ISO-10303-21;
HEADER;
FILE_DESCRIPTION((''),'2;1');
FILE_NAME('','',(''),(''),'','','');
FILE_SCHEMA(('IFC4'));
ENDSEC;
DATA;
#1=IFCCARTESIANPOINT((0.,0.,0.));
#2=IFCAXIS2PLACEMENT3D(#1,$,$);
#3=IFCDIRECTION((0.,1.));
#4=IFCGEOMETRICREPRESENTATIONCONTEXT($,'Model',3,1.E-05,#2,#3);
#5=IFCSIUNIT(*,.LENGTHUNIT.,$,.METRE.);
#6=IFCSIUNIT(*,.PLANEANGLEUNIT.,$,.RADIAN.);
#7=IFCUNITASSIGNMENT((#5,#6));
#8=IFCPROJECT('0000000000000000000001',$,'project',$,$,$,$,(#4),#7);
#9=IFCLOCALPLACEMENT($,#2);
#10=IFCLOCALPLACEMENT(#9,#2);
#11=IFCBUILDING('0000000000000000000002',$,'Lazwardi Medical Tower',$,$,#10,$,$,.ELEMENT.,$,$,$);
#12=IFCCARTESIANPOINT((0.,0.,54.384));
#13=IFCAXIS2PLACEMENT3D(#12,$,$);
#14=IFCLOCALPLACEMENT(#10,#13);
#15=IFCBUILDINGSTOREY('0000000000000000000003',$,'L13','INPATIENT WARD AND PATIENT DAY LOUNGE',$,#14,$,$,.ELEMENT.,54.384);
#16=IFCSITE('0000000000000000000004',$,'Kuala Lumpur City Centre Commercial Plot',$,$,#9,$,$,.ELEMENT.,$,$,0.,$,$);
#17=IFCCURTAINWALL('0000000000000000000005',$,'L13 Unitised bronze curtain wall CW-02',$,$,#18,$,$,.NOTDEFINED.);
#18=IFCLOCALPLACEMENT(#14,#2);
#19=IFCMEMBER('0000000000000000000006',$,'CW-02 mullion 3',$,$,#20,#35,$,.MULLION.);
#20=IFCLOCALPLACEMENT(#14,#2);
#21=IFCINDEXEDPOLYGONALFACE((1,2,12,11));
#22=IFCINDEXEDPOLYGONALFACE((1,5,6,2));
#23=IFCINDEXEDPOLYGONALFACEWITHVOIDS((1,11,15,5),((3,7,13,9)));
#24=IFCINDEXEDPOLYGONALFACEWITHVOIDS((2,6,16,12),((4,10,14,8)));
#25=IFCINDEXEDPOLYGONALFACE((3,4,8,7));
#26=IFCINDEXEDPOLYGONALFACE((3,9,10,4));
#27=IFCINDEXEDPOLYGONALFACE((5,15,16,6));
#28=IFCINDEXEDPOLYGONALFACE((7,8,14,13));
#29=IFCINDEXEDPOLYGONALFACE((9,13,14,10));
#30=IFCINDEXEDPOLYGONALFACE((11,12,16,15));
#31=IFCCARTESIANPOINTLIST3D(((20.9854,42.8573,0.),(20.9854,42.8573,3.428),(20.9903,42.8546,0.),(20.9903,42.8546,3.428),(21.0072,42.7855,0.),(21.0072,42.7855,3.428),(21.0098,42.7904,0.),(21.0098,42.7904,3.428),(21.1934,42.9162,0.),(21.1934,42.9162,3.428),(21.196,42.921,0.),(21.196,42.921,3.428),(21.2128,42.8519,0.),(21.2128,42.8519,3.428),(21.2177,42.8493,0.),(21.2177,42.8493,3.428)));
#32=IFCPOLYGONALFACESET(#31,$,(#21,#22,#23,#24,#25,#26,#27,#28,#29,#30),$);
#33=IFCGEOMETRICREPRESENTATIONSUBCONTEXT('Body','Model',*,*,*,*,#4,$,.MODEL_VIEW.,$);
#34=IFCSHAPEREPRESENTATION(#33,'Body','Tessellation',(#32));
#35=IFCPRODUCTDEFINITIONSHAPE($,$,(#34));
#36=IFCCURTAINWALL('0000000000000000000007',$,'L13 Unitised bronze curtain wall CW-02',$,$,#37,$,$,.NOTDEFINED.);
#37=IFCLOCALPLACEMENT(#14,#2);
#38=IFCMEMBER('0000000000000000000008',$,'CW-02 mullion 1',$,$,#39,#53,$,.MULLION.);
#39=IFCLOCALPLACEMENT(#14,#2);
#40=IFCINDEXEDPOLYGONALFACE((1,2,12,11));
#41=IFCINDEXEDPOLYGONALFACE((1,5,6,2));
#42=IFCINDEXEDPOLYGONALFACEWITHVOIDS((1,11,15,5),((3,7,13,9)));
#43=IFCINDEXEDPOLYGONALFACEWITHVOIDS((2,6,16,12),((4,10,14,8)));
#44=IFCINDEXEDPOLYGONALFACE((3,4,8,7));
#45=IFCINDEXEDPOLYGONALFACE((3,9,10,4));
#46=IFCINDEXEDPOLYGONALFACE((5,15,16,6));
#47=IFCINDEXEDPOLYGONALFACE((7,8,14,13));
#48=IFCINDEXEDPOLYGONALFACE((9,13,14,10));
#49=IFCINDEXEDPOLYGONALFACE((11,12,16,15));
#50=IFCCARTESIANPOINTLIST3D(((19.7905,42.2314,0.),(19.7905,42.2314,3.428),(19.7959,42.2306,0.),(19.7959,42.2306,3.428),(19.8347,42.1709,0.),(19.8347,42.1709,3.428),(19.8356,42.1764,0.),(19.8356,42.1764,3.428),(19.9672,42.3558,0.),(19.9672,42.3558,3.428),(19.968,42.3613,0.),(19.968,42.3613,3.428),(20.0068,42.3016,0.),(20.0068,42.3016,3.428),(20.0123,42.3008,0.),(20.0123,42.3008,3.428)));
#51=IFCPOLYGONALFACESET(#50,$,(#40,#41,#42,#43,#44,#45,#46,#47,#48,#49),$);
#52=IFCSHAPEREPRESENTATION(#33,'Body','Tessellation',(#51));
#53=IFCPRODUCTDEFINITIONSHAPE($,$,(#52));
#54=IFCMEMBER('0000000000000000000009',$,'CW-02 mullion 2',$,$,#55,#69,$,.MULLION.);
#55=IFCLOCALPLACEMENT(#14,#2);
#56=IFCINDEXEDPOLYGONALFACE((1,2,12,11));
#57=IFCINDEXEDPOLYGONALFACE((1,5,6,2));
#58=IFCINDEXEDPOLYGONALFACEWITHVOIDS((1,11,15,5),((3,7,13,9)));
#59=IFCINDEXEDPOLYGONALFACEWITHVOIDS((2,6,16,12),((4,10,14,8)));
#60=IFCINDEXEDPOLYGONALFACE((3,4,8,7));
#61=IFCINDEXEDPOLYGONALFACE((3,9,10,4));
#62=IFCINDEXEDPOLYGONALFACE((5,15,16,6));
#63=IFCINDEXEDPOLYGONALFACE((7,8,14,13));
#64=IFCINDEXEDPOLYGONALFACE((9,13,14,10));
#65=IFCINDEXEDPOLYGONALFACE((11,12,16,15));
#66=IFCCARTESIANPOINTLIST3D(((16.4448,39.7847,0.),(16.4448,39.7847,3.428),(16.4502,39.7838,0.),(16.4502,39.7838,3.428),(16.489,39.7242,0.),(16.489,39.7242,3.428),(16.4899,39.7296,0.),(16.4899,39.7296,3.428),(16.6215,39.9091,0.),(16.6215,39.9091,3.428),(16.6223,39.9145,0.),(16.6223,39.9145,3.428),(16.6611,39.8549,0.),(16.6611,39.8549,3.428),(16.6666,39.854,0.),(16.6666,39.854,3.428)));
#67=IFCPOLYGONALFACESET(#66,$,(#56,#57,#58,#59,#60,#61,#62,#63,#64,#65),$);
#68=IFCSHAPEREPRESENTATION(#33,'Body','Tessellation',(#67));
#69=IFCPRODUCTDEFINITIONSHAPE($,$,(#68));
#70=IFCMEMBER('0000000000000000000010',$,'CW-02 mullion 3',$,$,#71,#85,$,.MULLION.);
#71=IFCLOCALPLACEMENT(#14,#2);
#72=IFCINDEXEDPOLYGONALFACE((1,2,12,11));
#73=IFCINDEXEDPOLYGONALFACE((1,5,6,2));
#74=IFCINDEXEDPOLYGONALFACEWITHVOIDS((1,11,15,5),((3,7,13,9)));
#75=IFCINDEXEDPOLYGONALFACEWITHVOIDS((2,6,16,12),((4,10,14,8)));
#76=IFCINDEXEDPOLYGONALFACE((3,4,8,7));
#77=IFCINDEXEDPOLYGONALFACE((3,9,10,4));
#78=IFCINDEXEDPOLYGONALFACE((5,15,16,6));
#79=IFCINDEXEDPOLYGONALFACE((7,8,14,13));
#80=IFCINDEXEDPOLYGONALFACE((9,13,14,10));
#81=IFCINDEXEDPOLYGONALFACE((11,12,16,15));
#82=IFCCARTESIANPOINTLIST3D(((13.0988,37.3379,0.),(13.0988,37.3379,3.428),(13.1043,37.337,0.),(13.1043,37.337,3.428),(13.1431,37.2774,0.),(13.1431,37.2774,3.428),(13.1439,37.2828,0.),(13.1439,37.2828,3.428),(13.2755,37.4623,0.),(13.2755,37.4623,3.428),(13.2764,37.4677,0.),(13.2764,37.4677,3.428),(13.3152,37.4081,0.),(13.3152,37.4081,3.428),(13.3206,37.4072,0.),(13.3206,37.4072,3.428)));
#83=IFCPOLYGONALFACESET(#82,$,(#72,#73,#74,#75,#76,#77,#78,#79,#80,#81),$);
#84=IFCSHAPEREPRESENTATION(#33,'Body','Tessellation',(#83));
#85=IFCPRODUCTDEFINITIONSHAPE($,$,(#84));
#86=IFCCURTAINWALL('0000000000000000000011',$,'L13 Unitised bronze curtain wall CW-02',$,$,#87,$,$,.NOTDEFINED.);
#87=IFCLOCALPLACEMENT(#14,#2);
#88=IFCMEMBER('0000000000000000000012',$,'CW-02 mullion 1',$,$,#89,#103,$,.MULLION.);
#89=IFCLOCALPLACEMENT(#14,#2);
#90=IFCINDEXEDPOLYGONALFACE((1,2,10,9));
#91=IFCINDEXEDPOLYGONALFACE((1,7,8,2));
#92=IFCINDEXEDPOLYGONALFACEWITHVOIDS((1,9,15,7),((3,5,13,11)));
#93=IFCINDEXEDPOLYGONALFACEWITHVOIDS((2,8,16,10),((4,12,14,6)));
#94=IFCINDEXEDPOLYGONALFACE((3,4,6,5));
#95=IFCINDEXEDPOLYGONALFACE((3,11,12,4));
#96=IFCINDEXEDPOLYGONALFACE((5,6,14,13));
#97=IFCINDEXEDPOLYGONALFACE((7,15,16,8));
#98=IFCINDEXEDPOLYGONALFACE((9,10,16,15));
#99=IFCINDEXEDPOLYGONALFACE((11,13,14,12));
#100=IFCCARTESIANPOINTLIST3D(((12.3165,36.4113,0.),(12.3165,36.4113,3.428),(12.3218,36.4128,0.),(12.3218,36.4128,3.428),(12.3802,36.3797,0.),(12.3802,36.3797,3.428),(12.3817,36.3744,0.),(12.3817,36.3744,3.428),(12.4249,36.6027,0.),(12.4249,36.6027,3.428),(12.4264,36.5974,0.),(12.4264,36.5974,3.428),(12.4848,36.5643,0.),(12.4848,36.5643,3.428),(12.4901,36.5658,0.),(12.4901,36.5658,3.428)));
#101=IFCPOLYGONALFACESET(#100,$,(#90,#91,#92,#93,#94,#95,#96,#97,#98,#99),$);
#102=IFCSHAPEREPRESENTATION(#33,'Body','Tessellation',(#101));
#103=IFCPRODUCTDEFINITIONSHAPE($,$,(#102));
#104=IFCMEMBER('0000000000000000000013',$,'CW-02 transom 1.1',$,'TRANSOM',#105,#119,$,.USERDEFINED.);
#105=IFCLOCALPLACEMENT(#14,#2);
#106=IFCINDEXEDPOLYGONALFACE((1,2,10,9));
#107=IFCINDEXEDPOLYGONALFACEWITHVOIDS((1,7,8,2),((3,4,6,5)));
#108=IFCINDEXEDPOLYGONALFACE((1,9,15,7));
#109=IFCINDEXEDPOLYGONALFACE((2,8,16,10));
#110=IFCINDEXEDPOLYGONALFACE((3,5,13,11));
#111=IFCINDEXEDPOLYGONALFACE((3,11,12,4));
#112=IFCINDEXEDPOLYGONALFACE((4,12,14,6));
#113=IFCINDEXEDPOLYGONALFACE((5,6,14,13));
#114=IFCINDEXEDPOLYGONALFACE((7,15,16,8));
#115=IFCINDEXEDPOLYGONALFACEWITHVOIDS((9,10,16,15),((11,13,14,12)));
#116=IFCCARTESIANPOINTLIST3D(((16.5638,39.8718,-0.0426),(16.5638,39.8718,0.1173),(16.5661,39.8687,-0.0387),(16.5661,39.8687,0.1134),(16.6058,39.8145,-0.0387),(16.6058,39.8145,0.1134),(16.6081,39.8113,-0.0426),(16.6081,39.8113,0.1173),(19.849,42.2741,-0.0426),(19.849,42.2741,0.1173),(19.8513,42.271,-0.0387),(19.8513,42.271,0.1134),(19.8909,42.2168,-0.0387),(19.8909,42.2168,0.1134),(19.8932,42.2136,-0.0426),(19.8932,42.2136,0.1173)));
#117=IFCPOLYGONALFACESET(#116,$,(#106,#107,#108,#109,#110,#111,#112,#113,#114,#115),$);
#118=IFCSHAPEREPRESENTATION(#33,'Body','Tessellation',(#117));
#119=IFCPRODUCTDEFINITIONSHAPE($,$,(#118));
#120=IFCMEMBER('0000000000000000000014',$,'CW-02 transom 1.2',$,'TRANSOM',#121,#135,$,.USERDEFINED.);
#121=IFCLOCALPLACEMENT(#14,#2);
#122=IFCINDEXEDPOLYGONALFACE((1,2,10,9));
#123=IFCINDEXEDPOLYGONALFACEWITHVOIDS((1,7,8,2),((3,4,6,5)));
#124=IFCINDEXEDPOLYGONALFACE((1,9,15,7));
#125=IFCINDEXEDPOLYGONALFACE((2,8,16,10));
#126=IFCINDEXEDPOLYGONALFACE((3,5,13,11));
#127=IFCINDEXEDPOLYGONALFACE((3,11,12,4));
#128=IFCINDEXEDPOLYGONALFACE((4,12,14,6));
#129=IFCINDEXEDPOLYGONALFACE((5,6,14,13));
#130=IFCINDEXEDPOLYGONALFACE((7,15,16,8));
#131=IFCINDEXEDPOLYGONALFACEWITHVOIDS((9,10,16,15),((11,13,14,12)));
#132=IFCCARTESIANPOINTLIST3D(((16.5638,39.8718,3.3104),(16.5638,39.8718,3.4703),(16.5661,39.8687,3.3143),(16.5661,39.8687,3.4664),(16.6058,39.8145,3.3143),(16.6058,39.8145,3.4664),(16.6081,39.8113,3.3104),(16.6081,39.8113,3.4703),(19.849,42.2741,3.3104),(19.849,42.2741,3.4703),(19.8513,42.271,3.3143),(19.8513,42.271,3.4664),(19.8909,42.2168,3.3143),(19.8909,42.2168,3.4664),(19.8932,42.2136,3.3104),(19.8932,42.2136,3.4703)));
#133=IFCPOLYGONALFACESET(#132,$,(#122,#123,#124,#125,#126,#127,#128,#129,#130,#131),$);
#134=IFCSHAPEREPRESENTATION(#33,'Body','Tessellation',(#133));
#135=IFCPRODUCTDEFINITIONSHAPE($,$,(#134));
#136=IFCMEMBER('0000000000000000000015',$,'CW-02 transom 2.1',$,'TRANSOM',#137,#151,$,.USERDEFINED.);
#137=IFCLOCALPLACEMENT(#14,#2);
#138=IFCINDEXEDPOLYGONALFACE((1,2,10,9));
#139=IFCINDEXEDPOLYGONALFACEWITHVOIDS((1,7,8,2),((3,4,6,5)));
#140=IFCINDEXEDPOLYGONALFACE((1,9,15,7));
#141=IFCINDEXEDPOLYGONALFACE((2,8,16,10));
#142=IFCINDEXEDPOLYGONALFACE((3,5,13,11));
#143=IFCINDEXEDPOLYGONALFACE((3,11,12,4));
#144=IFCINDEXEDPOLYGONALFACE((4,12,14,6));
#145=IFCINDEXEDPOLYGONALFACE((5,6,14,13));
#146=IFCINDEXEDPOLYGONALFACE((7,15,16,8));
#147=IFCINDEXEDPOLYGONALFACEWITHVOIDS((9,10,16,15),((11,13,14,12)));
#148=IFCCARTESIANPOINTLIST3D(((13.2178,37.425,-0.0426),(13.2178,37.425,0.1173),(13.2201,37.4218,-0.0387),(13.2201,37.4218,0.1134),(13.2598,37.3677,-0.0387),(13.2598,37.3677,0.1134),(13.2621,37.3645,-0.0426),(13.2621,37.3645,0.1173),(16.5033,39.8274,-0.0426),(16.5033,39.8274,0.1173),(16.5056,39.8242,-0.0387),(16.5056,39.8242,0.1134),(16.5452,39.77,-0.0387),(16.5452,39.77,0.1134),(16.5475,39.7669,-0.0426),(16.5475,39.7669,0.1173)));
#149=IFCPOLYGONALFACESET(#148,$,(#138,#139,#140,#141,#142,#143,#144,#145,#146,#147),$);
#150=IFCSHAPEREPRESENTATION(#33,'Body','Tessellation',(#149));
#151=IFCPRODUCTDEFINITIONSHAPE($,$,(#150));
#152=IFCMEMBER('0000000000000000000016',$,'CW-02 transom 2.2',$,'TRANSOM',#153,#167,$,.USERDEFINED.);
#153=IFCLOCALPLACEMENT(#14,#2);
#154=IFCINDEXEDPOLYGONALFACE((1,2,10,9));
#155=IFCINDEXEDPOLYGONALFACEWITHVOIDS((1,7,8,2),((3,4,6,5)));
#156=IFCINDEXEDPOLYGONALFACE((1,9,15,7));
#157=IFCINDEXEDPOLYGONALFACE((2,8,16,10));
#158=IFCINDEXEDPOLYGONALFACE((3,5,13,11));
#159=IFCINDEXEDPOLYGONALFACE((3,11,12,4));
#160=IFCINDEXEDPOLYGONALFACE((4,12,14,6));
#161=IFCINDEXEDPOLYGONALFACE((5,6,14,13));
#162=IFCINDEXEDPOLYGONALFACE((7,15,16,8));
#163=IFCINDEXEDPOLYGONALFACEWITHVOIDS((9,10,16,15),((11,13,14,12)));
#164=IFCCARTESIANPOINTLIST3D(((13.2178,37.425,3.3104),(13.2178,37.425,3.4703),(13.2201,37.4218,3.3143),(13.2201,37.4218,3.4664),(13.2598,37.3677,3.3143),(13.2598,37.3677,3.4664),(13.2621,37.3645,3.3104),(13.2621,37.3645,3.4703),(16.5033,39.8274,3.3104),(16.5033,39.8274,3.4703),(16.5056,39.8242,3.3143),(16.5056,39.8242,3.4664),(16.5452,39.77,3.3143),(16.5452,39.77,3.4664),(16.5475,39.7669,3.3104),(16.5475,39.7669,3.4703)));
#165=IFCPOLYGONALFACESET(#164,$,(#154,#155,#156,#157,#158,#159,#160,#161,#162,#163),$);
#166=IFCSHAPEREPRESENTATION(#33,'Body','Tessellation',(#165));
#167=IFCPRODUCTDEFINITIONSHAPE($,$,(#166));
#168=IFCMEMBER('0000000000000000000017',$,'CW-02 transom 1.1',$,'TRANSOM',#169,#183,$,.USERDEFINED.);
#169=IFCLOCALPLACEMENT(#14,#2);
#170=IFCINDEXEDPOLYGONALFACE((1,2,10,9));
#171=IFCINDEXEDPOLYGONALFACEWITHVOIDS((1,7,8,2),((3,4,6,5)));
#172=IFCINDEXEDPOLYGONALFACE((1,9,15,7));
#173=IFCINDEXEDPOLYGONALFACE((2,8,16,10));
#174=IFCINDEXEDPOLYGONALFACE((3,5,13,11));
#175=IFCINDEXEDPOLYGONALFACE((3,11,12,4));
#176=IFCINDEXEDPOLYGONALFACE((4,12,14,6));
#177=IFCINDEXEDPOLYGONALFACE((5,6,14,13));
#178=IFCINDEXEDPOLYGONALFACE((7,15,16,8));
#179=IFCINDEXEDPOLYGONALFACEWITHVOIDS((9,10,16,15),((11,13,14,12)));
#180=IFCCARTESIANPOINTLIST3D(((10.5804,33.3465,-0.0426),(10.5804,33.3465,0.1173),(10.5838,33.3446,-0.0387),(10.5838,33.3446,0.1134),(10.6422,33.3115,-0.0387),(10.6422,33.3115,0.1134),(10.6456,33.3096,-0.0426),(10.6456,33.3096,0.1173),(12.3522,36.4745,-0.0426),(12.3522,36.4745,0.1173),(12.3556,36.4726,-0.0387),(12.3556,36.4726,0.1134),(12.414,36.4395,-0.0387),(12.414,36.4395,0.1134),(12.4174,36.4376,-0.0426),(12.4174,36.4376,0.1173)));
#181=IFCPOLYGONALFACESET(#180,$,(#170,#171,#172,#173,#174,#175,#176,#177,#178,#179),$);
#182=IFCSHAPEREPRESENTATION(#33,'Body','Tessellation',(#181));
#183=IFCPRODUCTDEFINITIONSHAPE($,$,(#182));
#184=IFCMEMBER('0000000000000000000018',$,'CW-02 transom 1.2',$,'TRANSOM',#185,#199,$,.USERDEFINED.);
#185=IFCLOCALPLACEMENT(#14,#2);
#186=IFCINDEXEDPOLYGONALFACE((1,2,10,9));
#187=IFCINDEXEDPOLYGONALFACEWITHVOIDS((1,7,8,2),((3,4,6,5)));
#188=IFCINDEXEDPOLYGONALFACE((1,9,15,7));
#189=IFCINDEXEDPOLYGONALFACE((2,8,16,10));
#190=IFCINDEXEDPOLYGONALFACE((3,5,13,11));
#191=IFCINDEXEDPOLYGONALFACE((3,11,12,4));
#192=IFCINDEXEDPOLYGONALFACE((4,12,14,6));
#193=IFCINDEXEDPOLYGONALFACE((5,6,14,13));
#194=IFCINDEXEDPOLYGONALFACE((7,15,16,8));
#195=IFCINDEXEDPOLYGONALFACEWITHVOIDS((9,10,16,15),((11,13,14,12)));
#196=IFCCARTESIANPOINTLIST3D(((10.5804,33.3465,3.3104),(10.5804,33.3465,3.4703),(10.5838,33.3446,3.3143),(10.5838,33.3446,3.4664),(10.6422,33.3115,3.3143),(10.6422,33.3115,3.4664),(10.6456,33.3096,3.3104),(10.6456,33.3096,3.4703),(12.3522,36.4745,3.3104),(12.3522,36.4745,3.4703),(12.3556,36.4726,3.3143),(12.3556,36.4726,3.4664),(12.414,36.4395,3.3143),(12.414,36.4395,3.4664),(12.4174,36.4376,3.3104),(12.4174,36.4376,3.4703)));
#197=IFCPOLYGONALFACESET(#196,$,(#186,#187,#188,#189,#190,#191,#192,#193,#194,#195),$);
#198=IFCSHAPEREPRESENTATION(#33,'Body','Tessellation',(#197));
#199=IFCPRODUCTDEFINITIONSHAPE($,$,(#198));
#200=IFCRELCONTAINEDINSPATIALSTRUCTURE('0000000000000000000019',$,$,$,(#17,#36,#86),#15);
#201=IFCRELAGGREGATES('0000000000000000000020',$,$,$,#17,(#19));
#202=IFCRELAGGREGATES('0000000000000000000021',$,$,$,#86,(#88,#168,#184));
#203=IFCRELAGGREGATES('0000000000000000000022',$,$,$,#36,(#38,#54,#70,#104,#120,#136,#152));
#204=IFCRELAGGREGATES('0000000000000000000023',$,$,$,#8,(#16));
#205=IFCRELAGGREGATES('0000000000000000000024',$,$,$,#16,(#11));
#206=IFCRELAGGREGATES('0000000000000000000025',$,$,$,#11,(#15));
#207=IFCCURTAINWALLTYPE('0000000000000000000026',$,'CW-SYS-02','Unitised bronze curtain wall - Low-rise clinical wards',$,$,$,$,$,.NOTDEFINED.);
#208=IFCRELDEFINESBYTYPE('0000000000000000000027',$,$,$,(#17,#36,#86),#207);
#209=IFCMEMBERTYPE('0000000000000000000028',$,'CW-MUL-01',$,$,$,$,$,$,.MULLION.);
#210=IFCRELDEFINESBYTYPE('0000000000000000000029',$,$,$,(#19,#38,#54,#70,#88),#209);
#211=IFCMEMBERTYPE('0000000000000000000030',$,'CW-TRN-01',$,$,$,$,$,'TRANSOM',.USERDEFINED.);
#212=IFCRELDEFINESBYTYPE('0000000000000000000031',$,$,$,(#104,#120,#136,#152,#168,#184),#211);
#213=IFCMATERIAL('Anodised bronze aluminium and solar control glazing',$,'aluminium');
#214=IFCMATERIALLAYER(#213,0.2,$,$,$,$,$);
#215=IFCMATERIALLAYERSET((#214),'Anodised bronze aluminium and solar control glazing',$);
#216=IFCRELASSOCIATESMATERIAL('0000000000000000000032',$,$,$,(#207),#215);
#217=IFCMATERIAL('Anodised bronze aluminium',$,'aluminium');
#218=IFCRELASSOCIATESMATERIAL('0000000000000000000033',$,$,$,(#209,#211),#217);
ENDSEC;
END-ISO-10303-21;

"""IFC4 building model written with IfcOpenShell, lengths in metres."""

from ifc_helpers import new_model, si_unit, direction, frame, origin, origin_2d, place, context, subcontext, project, spatial, hollow_rectangle, extrude, material, layer, layer_set, material_profile, profile_set, type_object, element, aggregate, save


model = new_model("IFC4")

# Units and contexts
model_context = context("Model", 3, precision=1e-05, world=origin(), true_north=direction((0.0, 1.0)))
body_context = subcontext(model_context, "Body", "Model", "MODEL_VIEW")
ifc_project = project(units=[si_unit("LENGTHUNIT", "METRE"), si_unit("PLANEANGLEUNIT", "RADIAN")], contexts=[model_context])

# Site, building, storey
site_placement = place(None, origin())
site = spatial("IfcSite", under=ifc_project, at=site_placement, Name="Kuala Lumpur City Centre Commercial Plot", CompositionType="ELEMENT", RefElevation=0.0)
building_placement = place(site_placement, origin())
building = spatial("IfcBuilding", under=site, at=building_placement, Name="Lazwardi Medical Tower", CompositionType="ELEMENT")
storey_placement = place(building_placement, frame((0.0, 0.0, 54.384)))
storey = spatial("IfcBuildingStorey", under=building, at=storey_placement, Name="L13", Description="INPATIENT WARD AND PATIENT DAY LOUNGE", CompositionType="ELEMENT", Elevation=54.384)

# Curtain wall, member
ifc_material_1 = material(Name="Anodised bronze aluminium and solar control glazing", Category="aluminium")
ifc_layer_1 = layer(ifc_material_1, 0.2)
ifc_layer_set_1 = layer_set([ifc_layer_1], Name="Anodised bronze aluminium and solar control glazing")
curtain_wall_type = type_object("IfcCurtainWallType", Name="CW-SYS-02", Description="Unitised bronze curtain wall - Low-rise clinical wards", PredefinedType="NOTDEFINED", material=ifc_layer_set_1)
curtain_wall_1_placement = place(storey_placement, origin())
curtain_wall_1 = element("IfcCurtainWall", 1, at=curtain_wall_1_placement, inside=storey, type_object=curtain_wall_type, Name="L13 Unitised bronze curtain wall CW-02", PredefinedType="NOTDEFINED")
ifc_material_2 = material(Name="Anodised bronze aluminium", Category="aluminium")
ifc_material_profile_1 = material_profile(ifc_material_2, hollow_rectangle(XDim=0.075, YDim=0.22, WallThickness=0.0039, at=origin_2d()), Name="ALU-MULLION 220x75x4")
ifc_profile_set_1 = profile_set([ifc_material_profile_1], Name="Anodised bronze aluminium")
member_type_1 = type_object("IfcMemberType", Name="CW-MUL-01", PredefinedType="MULLION", material=ifc_profile_set_1)
member_1_placement = place(storey_placement, frame((21.1016, 42.8533, 0.0), z_axis=(0.0, 0.0, 1.0), x_axis=(0.289896, -0.957058, 0.0)))
member_1 = element("IfcMember", 2, at=member_1_placement, type_object=member_type_1, Name="CW-02 mullion 3", PredefinedType="MULLION", context=body_context, shape_type="SweptSolid", body=[
    extrude(hollow_rectangle(XDim=0.075, YDim=0.22, WallThickness=0.0039, at=origin_2d()), origin(), (0.0, 0.0, 1.0), 3.428),
])
aggregate(curtain_wall_1, [member_1])

# Curtain wall, members
curtain_wall_2_placement = place(storey_placement, origin())
curtain_wall_2 = element("IfcCurtainWall", 3, at=curtain_wall_2_placement, inside=storey, type_object=curtain_wall_type, Name="L13 Unitised bronze curtain wall CW-02", PredefinedType="NOTDEFINED")
member_2_placement = place(storey_placement, frame((19.9014, 42.2661, 0.0), z_axis=(0.0, 0.0, 1.0), x_axis=(0.590289, -0.807192, 0.0)))
member_2 = element("IfcMember", 4, at=member_2_placement, type_object=member_type_1, Name="CW-02 mullion 1", PredefinedType="MULLION", context=body_context, shape_type="SweptSolid", body=[
    extrude(hollow_rectangle(XDim=0.075, YDim=0.22, WallThickness=0.0039, at=origin_2d()), origin(), (0.0, 0.0, 1.0), 3.428),
])
member_3_placement = place(storey_placement, frame((16.5557, 39.8193, 0.0), z_axis=(0.0, 0.0, 1.0), x_axis=(0.590289, -0.807192, 0.0)))
member_3 = element("IfcMember", 5, at=member_3_placement, type_object=member_type_1, Name="CW-02 mullion 2", PredefinedType="MULLION", context=body_context, shape_type="SweptSolid", body=[
    extrude(hollow_rectangle(XDim=0.075, YDim=0.22, WallThickness=0.0039, at=origin_2d()), origin(), (0.0, 0.0, 1.0), 3.428),
])
member_4_placement = place(storey_placement, frame((13.2097, 37.3726, 0.0), z_axis=(0.0, 0.0, 1.0), x_axis=(0.590289, -0.807192, 0.0)))
member_4 = element("IfcMember", 6, at=member_4_placement, type_object=member_type_1, Name="CW-02 mullion 3", PredefinedType="MULLION", context=body_context, shape_type="SweptSolid", body=[
    extrude(hollow_rectangle(XDim=0.075, YDim=0.22, WallThickness=0.0039, at=origin_2d()), origin(), (0.0, 0.0, 1.0), 3.428),
])

# Curtain wall, member
curtain_wall_3_placement = place(storey_placement, origin())
curtain_wall_3 = element("IfcCurtainWall", 7, at=curtain_wall_3_placement, inside=storey, type_object=curtain_wall_type, Name="L13 Unitised bronze curtain wall CW-02", PredefinedType="NOTDEFINED")
member_5_placement = place(storey_placement, frame((12.4033, 36.4885, 0.0), z_axis=(0.0, 0.0, 1.0), x_axis=(0.870112, -0.492854, 0.0)))
member_5 = element("IfcMember", 8, at=member_5_placement, type_object=member_type_1, Name="CW-02 mullion 1", PredefinedType="MULLION", context=body_context, shape_type="SweptSolid", body=[
    extrude(hollow_rectangle(XDim=0.075, YDim=0.22, WallThickness=0.0039, at=origin_2d()), origin(), (0.0, 0.0, 1.0), 3.428),
])

# Members
ifc_material_profile_2 = material_profile(ifc_material_2, hollow_rectangle(XDim=0.075, YDim=0.1599, WallThickness=0.0039, at=origin_2d()), Name="ALU-TRANSOM 160x75x4")
ifc_profile_set_2 = profile_set([ifc_material_profile_2], Name="Anodised bronze aluminium")
member_type_2 = type_object("IfcMemberType", Name="CW-TRN-01", ElementType="TRANSOM", PredefinedType="USERDEFINED", material=ifc_profile_set_2)
member_6_placement = place(storey_placement, frame((19.8711, 42.2439, 0.0374), z_axis=(-0.807198, -0.590281, 0.0), x_axis=(0.590281, -0.807198, 0.0)))
member_6 = element("IfcMember", 9, at=member_6_placement, type_object=member_type_2, Name="CW-02 transom 1.1", ObjectType="TRANSOM", PredefinedType="USERDEFINED", context=body_context, shape_type="SweptSolid", body=[
    extrude(hollow_rectangle(XDim=0.075, YDim=0.1599, WallThickness=0.0039, at=origin_2d()), origin(), (0.0, 0.0, 1.0), 4.0698),
])
member_7_placement = place(storey_placement, frame((19.8711, 42.2439, 3.3904), z_axis=(-0.807198, -0.590281, 0.0), x_axis=(0.590281, -0.807198, 0.0)))
member_7 = element("IfcMember", 10, at=member_7_placement, type_object=member_type_2, Name="CW-02 transom 1.2", ObjectType="TRANSOM", PredefinedType="USERDEFINED", context=body_context, shape_type="SweptSolid", body=[
    extrude(hollow_rectangle(XDim=0.075, YDim=0.1599, WallThickness=0.0039, at=origin_2d()), origin(), (0.0, 0.0, 1.0), 4.0698),
])
member_8_placement = place(storey_placement, frame((16.5254, 39.7971, 0.0374), z_axis=(-0.807219, -0.590253, 0.0), x_axis=(0.590253, -0.807219, 0.0)))
member_8 = element("IfcMember", 11, at=member_8_placement, type_object=member_type_2, Name="CW-02 transom 2.1", ObjectType="TRANSOM", PredefinedType="USERDEFINED", context=body_context, shape_type="SweptSolid", body=[
    extrude(hollow_rectangle(XDim=0.075, YDim=0.1599, WallThickness=0.0039, at=origin_2d()), origin(), (0.0, 0.0, 1.0), 4.0701),
])
member_9_placement = place(storey_placement, frame((16.5254, 39.7971, 3.3904), z_axis=(-0.807219, -0.590253, 0.0), x_axis=(0.590253, -0.807219, 0.0)))
member_9 = element("IfcMember", 12, at=member_9_placement, type_object=member_type_2, Name="CW-02 transom 2.2", ObjectType="TRANSOM", PredefinedType="USERDEFINED", context=body_context, shape_type="SweptSolid", body=[
    extrude(hollow_rectangle(XDim=0.075, YDim=0.1599, WallThickness=0.0039, at=origin_2d()), origin(), (0.0, 0.0, 1.0), 4.0701),
])
member_10_placement = place(storey_placement, frame((12.3848, 36.4561, 0.0374), z_axis=(-0.492851, -0.870113, 0.0), x_axis=(0.870113, -0.492851, 0.0)))
member_10 = element("IfcMember", 13, at=member_10_placement, type_object=member_type_2, Name="CW-02 transom 1.1", ObjectType="TRANSOM", PredefinedType="USERDEFINED", context=body_context, shape_type="SweptSolid", body=[
    extrude(hollow_rectangle(XDim=0.075, YDim=0.1599, WallThickness=0.0039, at=origin_2d()), origin(), (0.0, 0.0, 1.0), 3.595),
])
member_11_placement = place(storey_placement, frame((12.3848, 36.4561, 3.3904), z_axis=(-0.492851, -0.870113, 0.0), x_axis=(0.870113, -0.492851, 0.0)))
member_11 = element("IfcMember", 14, at=member_11_placement, type_object=member_type_2, Name="CW-02 transom 1.2", ObjectType="TRANSOM", PredefinedType="USERDEFINED", context=body_context, shape_type="SweptSolid", body=[
    extrude(hollow_rectangle(XDim=0.075, YDim=0.1599, WallThickness=0.0039, at=origin_2d()), origin(), (0.0, 0.0, 1.0), 3.595),
])
aggregate(curtain_wall_3, [member_5, member_10, member_11])

aggregate(curtain_wall_2, [member_2, member_3, member_4, member_6, member_7, member_8, member_9])

save(model, "model.ifc")
